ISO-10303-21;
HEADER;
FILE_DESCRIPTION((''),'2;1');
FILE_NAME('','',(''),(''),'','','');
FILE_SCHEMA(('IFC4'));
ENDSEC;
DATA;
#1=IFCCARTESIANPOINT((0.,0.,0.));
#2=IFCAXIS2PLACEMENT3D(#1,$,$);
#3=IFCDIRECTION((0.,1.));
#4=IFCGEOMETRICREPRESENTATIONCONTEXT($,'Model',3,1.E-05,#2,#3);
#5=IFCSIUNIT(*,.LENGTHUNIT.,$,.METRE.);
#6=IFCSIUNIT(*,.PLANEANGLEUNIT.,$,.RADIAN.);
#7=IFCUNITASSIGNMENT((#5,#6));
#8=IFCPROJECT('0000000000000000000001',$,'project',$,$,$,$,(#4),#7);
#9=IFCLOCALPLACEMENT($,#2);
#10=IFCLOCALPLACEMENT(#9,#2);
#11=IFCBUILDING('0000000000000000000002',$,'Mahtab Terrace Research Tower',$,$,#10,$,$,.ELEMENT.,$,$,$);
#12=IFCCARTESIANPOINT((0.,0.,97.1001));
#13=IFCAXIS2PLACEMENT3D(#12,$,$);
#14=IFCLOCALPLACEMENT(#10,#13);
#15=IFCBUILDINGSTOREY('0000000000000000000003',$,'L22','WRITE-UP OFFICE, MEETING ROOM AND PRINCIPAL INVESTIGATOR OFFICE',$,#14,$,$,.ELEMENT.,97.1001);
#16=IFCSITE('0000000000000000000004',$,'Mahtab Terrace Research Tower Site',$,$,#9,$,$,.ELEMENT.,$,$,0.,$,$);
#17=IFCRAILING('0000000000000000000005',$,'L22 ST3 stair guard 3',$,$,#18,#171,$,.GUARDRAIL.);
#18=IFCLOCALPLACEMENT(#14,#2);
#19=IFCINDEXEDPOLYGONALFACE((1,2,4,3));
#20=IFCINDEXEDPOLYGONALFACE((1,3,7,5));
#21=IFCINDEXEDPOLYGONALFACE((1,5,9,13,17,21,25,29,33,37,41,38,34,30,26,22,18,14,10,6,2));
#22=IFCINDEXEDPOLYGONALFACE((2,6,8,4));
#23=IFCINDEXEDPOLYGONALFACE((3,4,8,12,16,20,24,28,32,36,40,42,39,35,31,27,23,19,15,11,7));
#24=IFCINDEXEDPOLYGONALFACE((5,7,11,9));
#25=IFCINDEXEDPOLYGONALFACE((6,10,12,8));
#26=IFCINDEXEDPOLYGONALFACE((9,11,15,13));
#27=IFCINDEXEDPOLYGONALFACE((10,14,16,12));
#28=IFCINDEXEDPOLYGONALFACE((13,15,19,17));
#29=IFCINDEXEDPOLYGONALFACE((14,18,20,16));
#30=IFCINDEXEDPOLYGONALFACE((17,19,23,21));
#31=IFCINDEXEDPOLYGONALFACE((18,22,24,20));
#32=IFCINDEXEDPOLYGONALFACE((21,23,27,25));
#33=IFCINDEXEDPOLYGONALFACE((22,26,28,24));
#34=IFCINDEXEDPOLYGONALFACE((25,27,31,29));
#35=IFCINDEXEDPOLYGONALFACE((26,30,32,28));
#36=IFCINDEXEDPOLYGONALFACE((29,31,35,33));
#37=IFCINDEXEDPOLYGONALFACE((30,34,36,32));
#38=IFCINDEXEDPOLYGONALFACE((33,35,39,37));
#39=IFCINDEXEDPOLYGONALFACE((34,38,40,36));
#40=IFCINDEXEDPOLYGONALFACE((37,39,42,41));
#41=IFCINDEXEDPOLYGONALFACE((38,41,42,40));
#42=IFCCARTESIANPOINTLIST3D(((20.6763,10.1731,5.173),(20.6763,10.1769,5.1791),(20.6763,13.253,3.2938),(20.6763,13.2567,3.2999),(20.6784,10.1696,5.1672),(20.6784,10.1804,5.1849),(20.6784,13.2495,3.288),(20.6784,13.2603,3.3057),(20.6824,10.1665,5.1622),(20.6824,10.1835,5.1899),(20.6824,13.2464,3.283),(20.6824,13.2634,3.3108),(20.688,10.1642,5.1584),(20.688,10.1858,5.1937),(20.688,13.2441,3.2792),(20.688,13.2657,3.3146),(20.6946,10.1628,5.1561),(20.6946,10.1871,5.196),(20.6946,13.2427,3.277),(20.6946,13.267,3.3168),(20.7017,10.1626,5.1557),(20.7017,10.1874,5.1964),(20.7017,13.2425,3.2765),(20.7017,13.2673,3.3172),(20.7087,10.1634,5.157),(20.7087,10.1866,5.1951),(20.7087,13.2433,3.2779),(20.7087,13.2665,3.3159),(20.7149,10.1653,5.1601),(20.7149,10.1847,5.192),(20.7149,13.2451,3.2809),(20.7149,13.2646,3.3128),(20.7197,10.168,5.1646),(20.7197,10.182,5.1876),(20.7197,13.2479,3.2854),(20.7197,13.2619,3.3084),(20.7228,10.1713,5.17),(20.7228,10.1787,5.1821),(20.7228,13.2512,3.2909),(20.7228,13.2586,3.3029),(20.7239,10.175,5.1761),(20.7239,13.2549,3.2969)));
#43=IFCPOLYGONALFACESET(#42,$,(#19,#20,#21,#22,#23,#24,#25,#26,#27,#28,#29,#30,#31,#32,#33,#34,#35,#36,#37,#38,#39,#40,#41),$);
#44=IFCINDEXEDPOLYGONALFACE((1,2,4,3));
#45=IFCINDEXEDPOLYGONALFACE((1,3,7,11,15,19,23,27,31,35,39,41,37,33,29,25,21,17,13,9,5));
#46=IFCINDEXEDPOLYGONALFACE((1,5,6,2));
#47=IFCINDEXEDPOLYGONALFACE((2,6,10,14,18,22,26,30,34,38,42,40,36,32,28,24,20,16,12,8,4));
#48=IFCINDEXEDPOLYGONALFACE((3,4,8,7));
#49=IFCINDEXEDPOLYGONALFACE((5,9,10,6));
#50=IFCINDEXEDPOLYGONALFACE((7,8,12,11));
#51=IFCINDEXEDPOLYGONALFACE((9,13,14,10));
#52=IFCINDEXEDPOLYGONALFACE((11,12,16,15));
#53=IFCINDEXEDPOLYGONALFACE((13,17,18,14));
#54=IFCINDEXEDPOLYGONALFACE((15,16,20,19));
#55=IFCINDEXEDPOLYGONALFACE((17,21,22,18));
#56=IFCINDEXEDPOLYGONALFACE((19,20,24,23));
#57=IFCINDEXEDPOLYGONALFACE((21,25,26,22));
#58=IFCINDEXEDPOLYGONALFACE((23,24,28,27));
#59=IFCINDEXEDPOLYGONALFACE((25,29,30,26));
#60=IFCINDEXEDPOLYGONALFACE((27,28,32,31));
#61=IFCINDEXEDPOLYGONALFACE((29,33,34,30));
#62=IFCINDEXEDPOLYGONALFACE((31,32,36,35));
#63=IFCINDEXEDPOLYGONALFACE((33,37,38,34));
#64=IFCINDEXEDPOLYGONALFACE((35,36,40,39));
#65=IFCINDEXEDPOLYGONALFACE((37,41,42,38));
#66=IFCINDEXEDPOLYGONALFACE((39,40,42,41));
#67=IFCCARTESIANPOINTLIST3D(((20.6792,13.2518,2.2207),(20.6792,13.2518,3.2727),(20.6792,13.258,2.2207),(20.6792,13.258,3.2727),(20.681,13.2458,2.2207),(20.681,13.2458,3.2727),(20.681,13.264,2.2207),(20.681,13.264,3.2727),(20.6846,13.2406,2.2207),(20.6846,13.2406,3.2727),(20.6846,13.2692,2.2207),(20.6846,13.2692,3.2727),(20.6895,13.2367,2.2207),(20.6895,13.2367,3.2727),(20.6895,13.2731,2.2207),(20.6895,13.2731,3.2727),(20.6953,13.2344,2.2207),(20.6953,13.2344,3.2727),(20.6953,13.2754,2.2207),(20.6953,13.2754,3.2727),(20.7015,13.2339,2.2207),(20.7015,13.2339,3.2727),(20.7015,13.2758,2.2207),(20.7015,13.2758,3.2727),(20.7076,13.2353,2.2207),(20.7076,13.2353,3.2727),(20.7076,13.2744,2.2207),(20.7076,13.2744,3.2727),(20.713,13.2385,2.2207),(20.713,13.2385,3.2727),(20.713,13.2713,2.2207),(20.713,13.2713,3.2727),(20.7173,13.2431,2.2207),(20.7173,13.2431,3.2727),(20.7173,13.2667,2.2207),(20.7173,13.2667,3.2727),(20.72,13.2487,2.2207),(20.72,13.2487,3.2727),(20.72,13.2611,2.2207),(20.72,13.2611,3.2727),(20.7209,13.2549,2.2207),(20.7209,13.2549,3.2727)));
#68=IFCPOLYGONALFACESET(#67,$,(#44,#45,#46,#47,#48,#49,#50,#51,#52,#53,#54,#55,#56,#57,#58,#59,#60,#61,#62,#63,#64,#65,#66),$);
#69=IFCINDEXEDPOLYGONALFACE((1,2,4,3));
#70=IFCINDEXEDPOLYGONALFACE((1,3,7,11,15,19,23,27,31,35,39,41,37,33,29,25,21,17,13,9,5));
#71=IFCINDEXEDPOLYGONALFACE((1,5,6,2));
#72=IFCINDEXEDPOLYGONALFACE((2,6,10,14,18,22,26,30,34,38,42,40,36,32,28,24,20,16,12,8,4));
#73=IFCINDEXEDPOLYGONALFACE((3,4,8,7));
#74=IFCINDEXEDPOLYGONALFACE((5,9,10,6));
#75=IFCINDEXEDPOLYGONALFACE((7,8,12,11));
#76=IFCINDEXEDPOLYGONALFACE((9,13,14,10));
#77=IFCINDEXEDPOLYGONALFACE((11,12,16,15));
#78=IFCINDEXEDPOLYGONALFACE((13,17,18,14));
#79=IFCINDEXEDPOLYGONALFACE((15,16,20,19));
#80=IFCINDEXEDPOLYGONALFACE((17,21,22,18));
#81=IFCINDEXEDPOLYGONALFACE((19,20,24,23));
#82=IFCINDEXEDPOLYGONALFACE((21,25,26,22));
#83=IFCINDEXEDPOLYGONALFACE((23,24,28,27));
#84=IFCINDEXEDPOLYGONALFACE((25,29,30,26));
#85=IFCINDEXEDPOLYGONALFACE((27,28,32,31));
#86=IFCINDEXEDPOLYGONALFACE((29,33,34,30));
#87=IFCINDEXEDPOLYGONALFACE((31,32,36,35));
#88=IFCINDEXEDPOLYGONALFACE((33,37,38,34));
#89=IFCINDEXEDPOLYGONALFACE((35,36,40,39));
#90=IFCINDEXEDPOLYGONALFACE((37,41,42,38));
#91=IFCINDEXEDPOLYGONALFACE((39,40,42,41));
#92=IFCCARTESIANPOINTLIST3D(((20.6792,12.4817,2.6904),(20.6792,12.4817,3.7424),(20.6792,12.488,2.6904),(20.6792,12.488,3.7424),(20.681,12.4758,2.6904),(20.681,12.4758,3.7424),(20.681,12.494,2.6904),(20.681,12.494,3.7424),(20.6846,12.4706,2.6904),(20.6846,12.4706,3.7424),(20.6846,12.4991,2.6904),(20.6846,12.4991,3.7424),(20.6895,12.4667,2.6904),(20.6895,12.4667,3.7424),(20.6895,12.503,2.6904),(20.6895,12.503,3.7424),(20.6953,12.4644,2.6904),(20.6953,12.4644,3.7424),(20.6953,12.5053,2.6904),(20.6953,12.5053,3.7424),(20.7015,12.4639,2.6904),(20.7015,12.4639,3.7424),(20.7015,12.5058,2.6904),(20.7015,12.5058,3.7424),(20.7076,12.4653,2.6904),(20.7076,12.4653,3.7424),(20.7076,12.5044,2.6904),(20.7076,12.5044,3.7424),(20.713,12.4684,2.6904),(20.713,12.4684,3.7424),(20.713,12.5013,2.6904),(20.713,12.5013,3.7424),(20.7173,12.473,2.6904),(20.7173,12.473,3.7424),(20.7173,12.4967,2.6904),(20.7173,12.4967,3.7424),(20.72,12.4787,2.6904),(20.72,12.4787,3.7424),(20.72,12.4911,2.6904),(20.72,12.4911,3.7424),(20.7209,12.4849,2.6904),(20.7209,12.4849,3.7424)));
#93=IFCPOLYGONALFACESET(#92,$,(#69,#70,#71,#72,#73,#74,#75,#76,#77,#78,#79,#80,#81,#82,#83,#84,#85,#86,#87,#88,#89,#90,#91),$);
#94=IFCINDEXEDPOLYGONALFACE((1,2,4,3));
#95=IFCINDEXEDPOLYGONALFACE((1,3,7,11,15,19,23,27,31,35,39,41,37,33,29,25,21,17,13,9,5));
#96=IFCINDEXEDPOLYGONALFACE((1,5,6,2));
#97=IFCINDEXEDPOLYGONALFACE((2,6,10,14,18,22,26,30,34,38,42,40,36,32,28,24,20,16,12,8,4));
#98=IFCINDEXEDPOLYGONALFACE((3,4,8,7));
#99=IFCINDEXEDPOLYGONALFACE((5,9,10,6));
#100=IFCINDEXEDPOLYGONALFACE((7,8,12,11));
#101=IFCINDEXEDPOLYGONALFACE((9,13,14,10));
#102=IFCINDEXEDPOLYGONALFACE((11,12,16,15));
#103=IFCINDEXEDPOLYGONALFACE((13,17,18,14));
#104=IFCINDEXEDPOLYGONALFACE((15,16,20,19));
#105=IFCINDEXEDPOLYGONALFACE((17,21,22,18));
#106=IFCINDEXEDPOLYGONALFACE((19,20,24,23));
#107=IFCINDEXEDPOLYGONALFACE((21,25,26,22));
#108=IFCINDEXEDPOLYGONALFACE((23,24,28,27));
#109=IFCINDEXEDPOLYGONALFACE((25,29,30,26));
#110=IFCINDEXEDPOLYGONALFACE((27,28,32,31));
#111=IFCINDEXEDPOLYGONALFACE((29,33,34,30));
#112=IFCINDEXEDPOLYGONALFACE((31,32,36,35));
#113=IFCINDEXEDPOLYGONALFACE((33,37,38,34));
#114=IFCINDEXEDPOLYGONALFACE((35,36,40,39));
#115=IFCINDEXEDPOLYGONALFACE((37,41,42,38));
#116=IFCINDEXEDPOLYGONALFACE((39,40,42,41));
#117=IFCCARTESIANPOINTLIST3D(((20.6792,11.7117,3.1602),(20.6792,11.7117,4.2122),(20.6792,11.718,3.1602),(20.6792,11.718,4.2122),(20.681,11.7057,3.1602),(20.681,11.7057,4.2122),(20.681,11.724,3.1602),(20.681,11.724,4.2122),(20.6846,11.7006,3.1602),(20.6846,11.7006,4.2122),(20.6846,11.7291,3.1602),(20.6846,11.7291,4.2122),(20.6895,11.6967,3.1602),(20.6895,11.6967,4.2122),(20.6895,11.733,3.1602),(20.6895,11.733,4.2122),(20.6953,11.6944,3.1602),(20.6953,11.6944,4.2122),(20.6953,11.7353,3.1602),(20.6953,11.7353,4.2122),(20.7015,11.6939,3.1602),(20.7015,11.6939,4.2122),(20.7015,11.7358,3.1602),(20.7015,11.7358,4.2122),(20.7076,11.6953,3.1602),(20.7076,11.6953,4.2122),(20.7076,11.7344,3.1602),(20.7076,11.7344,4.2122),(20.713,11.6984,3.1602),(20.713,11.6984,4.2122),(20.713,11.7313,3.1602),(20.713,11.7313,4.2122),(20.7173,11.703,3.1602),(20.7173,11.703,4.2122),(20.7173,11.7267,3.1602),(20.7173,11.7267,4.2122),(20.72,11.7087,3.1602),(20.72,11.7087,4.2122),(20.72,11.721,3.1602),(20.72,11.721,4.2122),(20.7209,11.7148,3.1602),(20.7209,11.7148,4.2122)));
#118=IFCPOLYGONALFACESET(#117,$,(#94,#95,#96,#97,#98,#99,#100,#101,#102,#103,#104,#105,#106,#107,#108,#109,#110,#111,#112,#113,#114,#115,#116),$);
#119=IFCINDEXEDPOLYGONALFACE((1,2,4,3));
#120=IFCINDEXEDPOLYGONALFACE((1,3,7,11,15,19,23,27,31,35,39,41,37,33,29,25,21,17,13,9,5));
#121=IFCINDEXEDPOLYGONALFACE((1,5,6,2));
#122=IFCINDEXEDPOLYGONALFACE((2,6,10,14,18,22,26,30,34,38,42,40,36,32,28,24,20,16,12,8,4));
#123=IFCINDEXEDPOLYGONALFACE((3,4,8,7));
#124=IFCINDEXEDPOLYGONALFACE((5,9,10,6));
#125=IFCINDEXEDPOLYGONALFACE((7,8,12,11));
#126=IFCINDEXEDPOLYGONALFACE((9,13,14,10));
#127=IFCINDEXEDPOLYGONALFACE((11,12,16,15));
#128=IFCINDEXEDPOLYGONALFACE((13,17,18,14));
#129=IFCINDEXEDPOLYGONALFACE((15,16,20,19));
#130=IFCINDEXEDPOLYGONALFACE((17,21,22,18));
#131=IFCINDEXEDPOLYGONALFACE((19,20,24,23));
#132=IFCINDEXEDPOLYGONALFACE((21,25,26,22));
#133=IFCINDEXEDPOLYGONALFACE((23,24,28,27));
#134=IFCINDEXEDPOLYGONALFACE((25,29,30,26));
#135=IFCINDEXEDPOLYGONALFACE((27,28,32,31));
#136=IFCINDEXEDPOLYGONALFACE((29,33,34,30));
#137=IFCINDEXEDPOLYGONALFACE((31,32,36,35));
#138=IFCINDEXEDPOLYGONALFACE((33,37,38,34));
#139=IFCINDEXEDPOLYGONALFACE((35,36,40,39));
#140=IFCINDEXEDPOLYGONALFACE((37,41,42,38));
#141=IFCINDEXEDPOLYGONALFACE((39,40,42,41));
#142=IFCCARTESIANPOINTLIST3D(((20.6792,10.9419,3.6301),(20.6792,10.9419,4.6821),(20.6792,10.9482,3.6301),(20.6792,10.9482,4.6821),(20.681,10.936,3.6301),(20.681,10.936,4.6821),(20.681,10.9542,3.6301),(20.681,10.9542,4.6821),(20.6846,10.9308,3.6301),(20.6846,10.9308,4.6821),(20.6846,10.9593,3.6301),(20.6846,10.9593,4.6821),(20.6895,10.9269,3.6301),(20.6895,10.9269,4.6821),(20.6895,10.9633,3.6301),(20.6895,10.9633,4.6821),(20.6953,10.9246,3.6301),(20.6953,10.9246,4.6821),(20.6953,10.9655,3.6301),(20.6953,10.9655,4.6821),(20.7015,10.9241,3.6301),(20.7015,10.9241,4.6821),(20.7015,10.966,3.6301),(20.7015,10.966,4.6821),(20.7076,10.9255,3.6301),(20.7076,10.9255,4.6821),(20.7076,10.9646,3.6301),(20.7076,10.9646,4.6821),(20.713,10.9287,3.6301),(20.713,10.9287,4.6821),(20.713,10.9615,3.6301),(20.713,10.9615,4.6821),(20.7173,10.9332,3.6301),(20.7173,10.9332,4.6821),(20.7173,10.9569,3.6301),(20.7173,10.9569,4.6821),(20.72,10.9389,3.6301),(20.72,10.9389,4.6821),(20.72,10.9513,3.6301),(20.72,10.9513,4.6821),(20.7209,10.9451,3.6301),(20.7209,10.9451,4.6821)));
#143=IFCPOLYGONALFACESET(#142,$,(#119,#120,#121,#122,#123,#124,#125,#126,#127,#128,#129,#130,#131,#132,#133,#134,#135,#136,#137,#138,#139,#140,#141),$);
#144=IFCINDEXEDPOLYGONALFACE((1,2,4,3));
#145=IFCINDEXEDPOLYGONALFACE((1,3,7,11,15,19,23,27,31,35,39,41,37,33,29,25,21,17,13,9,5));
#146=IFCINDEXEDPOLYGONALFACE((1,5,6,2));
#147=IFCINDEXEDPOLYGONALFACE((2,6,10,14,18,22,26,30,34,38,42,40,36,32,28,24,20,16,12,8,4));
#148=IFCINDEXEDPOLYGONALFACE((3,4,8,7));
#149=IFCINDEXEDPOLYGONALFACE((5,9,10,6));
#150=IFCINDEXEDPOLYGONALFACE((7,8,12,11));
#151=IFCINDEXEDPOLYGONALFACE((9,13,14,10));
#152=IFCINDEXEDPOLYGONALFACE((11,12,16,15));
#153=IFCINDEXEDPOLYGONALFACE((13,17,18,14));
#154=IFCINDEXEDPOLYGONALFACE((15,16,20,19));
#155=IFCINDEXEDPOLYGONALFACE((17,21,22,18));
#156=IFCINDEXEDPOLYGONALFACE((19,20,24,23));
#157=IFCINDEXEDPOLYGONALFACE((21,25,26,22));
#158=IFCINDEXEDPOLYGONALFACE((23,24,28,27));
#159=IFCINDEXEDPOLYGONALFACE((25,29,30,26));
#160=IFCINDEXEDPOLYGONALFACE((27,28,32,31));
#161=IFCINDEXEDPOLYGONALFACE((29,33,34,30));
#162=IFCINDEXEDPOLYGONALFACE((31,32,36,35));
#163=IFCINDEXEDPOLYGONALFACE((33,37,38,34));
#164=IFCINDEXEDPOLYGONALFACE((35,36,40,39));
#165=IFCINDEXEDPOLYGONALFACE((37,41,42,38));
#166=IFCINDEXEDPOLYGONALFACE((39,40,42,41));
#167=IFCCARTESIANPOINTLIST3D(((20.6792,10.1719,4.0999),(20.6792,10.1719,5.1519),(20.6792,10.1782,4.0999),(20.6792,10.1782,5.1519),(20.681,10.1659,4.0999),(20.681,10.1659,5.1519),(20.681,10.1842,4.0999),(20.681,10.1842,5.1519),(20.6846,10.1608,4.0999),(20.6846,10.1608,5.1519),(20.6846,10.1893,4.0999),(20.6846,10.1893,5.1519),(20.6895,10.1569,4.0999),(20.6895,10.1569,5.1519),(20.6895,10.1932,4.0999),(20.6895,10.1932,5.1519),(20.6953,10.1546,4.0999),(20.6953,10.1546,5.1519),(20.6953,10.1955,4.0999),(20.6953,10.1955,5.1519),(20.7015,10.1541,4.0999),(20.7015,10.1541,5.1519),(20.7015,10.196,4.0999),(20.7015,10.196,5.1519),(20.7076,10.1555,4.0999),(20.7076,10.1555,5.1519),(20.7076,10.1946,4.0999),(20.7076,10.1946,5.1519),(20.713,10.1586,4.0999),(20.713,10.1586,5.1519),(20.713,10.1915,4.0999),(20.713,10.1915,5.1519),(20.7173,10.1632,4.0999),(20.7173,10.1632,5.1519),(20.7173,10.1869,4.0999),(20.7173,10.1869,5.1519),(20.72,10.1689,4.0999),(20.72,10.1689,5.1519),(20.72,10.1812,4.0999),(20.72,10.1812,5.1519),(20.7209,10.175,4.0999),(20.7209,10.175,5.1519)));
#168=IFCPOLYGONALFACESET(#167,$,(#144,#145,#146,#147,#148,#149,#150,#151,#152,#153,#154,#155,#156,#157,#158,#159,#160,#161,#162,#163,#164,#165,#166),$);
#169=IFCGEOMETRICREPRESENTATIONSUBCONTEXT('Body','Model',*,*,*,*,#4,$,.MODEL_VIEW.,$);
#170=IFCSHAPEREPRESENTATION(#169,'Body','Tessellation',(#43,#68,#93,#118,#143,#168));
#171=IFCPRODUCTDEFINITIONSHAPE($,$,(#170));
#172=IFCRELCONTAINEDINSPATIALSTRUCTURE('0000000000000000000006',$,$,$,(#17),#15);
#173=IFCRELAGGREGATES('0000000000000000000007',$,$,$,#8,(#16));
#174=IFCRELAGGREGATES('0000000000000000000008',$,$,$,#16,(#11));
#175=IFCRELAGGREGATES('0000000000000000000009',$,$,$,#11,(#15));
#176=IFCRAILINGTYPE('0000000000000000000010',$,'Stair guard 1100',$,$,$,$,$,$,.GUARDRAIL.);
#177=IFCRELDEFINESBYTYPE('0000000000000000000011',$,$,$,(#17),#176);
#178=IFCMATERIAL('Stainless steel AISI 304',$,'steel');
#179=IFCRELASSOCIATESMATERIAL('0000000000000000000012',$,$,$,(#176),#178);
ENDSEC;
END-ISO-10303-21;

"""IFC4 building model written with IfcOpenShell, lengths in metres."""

from ifc_helpers import new_model, si_unit, direction, frame, origin, origin_2d, place, context, subcontext, project, spatial, circle, extrude, material, type_object, element, save


model = new_model("IFC4")

# Units and contexts
model_context = context("Model", 3, precision=1e-05, world=origin(), true_north=direction((0.0, 1.0)))
body_context = subcontext(model_context, "Body", "Model", "MODEL_VIEW")
ifc_project = project(units=[si_unit("LENGTHUNIT", "METRE"), si_unit("PLANEANGLEUNIT", "RADIAN")], contexts=[model_context])

# Site, building, storey
site_placement = place(None, origin())
site = spatial("IfcSite", under=ifc_project, at=site_placement, Name="Mahtab Terrace Research Tower Site", CompositionType="ELEMENT", RefElevation=0.0)
building_placement = place(site_placement, origin())
building = spatial("IfcBuilding", under=site, at=building_placement, Name="Mahtab Terrace Research Tower", CompositionType="ELEMENT")
storey_placement = place(building_placement, frame((0.0, 0.0, 97.1001)))
storey = spatial("IfcBuildingStorey", under=building, at=storey_placement, Name="L22", Description="WRITE-UP OFFICE, MEETING ROOM AND PRINCIPAL INVESTIGATOR OFFICE", CompositionType="ELEMENT", Elevation=97.1001)

# Shared definitions
ifc_material_1 = material(Name="Stainless steel AISI 304", Category="steel")

# Railing
railing_type_1 = type_object("IfcRailingType", Name="Stair guard 1100", PredefinedType="GUARDRAIL", material=ifc_material_1)
railing_1_placement = place(storey_placement, frame((20.7, 13.2549, 2.2207)))
element("IfcRailing", 1, at=railing_1_placement, inside=storey, type_object=railing_type_1, Name="L22 ST3 stair guard 3", PredefinedType="GUARDRAIL", context=body_context, shape_type="SweptSolid", body=[
    extrude(circle(Radius=0.0239, at=origin_2d()), frame((0.0, 0.0, 1.0762), z_axis=(0.0, -0.853648, 0.52085), x_axis=(1.0, 0.0, 0.0)), (0.0, 0.0, 1.0), 3.6079),
    extrude(circle(Radius=0.021, at=origin_2d()), origin(), (0.0, 0.0, 1.0), 1.052),
    extrude(circle(Radius=0.021, at=origin_2d()), frame((0.0, -0.77, 0.4697)), (0.0, 0.0, 1.0), 1.052),
    extrude(circle(Radius=0.021, at=origin_2d()), frame((0.0, -1.54, 0.9395)), (0.0, 0.0, 1.0), 1.052),
    extrude(circle(Radius=0.021, at=origin_2d()), frame((0.0, -2.3098, 1.4094)), (0.0, 0.0, 1.0), 1.052),
    extrude(circle(Radius=0.021, at=origin_2d()), frame((0.0, -3.0798, 1.8792)), (0.0, 0.0, 1.0), 1.052),
])

save(model, "model.ifc")
